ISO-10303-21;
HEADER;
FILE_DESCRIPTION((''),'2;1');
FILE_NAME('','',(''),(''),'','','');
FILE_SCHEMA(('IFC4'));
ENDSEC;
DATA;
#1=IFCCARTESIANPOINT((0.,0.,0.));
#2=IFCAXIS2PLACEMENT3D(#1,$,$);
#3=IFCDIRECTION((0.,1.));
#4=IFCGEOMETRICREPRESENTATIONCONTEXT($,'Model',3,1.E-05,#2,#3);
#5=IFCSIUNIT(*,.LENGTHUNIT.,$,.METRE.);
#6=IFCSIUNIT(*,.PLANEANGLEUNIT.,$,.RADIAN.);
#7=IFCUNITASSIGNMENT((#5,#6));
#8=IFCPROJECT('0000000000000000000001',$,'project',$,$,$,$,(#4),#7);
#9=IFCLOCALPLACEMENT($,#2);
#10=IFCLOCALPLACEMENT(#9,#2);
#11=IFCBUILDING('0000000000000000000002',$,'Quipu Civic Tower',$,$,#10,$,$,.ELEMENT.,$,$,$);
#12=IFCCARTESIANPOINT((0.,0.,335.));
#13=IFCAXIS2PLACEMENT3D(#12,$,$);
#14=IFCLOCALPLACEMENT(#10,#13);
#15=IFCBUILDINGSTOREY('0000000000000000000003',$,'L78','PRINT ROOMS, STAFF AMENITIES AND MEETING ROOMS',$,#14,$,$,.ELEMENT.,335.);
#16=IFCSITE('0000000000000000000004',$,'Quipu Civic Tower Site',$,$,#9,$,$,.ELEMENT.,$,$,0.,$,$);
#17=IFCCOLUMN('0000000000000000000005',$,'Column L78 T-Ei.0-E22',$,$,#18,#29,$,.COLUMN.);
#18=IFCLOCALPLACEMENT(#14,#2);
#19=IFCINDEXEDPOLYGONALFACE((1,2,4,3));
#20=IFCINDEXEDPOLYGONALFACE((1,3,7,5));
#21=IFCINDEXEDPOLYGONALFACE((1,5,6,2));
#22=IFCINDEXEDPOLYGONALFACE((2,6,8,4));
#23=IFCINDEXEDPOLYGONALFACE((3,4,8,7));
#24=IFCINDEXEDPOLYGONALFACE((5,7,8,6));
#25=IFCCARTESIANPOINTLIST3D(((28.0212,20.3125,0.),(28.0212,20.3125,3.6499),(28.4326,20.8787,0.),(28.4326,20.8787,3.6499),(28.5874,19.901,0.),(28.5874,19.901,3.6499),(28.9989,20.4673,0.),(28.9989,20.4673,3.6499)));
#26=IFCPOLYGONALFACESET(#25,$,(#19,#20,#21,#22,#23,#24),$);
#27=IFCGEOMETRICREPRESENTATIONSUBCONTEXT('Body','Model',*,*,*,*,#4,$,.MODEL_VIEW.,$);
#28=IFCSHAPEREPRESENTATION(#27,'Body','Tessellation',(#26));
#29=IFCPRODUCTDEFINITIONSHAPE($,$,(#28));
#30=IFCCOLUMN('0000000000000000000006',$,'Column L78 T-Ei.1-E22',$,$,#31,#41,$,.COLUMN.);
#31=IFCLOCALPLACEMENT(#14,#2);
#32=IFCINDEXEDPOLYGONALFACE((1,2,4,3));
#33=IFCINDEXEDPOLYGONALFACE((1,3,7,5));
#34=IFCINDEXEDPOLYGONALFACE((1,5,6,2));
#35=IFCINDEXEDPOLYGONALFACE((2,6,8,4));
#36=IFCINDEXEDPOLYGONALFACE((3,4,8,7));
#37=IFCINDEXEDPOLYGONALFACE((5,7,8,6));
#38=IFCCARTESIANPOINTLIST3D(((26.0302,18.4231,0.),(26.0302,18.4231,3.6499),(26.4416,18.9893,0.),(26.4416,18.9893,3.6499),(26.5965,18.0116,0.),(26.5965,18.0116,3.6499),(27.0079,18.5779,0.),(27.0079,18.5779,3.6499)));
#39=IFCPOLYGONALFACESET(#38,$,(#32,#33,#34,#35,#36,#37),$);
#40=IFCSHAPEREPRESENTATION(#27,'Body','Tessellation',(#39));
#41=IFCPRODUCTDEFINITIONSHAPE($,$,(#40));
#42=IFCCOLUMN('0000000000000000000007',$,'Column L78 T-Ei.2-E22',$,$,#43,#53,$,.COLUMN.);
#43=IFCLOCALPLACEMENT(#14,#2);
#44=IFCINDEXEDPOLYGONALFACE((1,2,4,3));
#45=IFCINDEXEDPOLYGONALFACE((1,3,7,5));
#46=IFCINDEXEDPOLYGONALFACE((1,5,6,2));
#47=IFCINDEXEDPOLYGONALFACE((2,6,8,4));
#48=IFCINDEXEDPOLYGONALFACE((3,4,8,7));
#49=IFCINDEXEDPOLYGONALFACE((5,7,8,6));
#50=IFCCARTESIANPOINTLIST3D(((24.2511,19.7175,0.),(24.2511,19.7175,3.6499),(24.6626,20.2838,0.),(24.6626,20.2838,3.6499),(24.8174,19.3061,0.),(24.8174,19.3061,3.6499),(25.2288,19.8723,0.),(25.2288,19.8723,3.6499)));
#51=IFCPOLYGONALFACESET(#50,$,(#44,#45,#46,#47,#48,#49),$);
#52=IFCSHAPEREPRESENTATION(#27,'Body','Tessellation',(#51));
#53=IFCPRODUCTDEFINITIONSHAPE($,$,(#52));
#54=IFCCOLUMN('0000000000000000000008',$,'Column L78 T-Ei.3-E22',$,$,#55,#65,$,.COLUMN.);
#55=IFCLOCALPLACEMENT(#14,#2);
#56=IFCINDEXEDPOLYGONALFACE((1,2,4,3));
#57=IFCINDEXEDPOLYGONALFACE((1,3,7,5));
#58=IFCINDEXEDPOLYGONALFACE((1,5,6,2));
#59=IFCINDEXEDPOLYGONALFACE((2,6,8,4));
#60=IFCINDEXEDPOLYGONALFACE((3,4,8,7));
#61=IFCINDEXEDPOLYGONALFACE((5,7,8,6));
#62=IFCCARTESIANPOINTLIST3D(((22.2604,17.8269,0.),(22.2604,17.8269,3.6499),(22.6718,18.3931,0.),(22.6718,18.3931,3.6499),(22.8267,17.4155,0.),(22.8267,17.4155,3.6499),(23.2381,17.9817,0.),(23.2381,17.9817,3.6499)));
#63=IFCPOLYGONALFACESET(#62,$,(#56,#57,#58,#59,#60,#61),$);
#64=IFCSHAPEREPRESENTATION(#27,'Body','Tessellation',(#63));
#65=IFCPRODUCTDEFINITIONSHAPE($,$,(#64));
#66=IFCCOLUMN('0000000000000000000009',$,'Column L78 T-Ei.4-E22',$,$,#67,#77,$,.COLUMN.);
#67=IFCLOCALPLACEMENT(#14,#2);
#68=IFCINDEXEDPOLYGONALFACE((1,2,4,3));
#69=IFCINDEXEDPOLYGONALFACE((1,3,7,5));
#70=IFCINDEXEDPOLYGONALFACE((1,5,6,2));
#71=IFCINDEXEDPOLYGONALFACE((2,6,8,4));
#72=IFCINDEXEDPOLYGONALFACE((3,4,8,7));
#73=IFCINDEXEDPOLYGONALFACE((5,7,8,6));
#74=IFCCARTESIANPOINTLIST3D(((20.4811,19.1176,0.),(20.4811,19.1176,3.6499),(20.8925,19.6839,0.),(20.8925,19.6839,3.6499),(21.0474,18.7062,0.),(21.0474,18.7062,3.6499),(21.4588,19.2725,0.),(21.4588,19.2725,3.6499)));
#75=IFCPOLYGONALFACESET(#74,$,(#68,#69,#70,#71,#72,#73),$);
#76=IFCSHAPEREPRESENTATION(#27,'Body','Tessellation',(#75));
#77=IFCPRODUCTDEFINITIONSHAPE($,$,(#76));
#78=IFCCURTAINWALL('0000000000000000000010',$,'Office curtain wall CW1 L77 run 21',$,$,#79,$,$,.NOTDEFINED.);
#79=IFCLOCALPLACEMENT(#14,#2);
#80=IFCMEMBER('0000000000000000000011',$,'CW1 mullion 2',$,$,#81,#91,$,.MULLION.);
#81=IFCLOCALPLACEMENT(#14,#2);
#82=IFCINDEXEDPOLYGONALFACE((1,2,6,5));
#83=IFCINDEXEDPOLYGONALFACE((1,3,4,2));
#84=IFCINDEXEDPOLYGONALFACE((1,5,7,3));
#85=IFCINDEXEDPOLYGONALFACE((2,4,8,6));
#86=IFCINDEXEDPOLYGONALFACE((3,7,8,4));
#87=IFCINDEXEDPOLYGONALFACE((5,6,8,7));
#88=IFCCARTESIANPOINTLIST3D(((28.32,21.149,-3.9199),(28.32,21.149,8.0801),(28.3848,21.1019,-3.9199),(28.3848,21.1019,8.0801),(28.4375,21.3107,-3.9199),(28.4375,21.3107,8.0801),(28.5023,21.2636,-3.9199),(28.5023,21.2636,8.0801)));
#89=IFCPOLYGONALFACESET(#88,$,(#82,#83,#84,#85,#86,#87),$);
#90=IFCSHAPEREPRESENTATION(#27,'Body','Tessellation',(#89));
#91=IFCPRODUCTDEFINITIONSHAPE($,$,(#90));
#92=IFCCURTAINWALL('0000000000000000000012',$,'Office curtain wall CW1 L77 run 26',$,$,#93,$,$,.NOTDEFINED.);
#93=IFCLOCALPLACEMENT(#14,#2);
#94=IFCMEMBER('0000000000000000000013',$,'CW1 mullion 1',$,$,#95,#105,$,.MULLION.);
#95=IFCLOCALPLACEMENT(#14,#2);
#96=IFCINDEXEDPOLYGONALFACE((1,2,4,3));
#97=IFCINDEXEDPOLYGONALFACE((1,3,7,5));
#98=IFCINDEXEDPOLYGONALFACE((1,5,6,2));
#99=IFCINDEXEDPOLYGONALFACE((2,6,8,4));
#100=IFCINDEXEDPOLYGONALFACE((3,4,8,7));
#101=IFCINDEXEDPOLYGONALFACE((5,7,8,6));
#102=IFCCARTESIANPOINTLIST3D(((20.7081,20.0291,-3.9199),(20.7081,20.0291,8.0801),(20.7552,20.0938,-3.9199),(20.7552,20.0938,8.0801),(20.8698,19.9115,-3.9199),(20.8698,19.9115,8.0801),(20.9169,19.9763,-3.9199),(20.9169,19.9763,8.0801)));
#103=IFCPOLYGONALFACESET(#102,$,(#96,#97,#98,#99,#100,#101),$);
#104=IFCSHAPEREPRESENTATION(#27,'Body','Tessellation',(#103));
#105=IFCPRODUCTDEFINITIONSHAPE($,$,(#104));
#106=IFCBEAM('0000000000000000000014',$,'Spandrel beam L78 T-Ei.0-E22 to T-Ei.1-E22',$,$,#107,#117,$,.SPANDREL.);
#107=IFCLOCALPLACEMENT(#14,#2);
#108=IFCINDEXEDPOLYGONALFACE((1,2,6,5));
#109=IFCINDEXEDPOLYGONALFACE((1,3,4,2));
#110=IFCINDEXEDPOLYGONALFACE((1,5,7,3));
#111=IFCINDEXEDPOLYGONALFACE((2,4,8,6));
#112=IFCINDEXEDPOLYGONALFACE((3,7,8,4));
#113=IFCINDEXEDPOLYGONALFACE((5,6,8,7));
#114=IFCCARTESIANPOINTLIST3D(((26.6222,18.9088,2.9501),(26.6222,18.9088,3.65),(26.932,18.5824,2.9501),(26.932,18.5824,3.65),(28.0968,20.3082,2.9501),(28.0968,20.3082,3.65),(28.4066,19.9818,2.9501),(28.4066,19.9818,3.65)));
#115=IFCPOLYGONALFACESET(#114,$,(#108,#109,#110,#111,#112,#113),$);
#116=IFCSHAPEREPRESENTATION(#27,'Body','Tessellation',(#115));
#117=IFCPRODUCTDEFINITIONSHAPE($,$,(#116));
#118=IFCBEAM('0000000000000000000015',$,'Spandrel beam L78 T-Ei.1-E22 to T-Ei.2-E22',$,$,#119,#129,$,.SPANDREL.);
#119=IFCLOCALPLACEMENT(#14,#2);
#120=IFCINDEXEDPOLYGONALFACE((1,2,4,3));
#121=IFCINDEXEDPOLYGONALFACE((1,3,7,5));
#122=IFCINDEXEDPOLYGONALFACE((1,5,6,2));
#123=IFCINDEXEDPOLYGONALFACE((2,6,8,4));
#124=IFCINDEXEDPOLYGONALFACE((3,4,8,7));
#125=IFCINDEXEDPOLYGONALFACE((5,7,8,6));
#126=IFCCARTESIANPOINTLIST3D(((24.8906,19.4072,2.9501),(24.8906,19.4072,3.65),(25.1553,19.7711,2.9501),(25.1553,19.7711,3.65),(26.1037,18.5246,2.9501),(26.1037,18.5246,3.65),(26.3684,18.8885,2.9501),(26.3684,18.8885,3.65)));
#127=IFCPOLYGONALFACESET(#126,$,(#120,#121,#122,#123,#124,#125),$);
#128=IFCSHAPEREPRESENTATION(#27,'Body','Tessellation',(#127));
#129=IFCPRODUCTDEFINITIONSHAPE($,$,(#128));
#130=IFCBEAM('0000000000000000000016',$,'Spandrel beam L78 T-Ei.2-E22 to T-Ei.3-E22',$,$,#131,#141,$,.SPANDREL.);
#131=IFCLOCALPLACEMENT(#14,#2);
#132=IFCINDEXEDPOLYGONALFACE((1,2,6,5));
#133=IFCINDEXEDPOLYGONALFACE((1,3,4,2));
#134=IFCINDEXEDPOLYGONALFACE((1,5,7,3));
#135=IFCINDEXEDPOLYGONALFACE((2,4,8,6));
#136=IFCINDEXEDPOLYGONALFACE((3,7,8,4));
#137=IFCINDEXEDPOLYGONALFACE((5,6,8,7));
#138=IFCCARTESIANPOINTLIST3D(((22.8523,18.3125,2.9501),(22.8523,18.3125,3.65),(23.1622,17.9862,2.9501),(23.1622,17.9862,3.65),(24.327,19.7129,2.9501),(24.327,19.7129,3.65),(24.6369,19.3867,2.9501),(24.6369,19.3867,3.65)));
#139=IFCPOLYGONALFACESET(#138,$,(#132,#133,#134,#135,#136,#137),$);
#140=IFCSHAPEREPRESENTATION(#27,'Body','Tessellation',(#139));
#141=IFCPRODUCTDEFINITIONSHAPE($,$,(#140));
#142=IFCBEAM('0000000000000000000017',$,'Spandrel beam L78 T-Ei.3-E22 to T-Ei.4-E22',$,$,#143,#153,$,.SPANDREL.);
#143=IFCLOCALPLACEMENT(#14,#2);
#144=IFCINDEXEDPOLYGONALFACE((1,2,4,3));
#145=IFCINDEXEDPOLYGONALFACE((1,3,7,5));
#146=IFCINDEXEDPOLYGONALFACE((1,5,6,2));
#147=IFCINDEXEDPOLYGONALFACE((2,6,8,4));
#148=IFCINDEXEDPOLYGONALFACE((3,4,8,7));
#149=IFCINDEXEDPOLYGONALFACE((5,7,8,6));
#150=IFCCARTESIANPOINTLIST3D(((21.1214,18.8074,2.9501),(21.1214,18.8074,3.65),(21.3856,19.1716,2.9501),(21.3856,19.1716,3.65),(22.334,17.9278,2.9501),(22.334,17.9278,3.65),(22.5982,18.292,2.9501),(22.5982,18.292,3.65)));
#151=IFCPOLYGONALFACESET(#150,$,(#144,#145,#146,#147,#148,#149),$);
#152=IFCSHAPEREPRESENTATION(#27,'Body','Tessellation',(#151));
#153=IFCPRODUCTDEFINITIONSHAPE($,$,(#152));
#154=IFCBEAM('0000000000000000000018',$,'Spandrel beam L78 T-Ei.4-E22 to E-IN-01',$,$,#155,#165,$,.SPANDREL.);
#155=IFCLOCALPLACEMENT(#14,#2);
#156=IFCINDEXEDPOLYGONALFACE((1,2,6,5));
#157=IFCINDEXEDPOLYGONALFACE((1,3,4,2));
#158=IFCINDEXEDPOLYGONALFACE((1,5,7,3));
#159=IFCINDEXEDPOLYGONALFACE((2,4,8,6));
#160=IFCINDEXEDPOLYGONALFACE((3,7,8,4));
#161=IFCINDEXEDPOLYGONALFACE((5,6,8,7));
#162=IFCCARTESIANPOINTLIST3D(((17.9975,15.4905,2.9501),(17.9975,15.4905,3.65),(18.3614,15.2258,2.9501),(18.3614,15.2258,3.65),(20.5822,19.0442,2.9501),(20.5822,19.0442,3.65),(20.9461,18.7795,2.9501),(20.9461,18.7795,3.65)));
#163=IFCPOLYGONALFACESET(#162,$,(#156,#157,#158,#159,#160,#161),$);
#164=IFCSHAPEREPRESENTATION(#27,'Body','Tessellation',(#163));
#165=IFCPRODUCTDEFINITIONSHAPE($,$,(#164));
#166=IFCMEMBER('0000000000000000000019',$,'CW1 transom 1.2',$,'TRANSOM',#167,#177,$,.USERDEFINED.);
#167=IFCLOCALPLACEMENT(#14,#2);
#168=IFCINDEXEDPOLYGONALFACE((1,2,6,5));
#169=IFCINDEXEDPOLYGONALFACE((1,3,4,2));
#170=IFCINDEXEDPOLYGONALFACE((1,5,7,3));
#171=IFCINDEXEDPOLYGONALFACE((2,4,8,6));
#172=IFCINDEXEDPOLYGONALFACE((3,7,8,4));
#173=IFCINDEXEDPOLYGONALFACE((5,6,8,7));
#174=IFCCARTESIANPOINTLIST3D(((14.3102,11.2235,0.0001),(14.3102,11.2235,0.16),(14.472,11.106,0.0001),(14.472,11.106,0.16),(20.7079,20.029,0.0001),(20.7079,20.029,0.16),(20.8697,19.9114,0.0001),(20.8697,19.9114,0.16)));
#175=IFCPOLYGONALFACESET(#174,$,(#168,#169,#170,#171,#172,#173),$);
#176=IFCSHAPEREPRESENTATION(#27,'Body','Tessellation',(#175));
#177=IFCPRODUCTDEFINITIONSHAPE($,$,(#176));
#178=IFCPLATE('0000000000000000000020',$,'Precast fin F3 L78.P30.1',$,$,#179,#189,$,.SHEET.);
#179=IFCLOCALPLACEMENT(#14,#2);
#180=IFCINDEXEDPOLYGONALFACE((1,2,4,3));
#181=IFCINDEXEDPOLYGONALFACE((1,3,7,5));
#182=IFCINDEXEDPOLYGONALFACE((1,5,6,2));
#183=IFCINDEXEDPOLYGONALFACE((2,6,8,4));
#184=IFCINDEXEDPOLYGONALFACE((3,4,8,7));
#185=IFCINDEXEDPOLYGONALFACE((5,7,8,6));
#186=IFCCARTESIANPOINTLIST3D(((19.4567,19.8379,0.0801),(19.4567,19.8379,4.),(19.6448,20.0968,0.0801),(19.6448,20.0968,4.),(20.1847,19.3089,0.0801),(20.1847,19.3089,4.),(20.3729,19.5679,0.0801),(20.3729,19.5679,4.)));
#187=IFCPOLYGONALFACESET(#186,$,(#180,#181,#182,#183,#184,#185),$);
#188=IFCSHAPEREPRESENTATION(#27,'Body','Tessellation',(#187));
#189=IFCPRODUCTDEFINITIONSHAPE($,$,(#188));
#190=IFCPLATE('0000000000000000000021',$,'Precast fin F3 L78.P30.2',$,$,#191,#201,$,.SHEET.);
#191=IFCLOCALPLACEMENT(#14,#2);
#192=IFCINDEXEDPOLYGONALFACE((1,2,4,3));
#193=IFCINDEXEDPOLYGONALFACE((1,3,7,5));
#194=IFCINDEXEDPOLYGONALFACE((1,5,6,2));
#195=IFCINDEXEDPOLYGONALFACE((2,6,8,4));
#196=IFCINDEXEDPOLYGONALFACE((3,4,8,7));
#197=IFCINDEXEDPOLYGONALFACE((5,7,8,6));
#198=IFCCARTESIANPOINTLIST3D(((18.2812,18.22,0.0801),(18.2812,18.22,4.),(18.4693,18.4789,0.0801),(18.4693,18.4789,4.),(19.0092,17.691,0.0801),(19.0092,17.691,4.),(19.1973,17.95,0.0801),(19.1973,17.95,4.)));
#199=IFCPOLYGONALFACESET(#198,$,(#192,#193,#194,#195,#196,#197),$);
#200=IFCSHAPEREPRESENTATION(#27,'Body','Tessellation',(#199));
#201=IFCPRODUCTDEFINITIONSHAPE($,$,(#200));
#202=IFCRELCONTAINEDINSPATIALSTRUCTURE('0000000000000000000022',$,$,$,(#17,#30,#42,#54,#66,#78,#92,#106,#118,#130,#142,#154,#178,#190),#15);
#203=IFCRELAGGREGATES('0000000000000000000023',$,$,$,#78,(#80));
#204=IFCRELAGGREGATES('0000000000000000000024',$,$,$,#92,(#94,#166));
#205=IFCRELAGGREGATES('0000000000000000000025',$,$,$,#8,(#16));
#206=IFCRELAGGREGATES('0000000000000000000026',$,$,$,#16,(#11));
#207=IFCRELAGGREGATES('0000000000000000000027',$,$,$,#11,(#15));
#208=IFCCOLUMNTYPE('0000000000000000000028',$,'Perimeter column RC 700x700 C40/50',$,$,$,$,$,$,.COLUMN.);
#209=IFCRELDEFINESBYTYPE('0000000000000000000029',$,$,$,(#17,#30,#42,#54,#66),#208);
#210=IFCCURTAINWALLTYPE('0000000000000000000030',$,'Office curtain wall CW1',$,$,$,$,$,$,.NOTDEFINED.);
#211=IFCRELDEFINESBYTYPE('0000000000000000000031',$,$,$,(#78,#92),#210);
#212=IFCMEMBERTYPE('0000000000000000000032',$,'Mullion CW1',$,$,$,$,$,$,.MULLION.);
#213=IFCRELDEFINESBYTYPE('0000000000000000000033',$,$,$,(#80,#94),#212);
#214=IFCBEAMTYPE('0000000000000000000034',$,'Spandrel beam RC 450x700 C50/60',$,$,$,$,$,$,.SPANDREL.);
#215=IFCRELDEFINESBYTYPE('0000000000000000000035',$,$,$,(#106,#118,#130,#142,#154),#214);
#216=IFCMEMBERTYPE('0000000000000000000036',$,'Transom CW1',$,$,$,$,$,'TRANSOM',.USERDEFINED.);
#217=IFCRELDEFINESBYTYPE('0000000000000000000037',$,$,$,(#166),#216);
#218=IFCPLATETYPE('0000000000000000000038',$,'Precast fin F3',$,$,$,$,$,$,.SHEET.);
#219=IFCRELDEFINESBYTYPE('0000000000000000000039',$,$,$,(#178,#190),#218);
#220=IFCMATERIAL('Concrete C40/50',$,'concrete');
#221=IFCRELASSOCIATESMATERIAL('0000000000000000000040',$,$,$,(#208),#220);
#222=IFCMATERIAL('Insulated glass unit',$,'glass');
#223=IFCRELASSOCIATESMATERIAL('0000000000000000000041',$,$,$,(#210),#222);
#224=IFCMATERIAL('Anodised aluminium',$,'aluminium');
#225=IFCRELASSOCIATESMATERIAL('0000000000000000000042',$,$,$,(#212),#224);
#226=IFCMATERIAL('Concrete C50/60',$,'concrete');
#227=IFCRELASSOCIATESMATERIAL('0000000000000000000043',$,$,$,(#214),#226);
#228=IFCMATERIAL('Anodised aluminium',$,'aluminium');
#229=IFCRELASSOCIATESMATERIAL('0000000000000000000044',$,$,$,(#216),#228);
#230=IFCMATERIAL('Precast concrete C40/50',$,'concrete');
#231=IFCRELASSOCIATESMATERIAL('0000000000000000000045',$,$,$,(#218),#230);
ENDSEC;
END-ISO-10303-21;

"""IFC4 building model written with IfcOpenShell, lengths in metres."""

from ifc_helpers import new_model, si_unit, direction, frame, origin, origin_2d, place, context, subcontext, project, spatial, rectangle, extrude, material, material_profile, profile_set, type_object, element, aggregate, save


model = new_model("IFC4")

# Units and contexts
model_context = context("Model", 3, precision=1e-05, world=origin(), true_north=direction((0.0, 1.0)))
body_context = subcontext(model_context, "Body", "Model", "MODEL_VIEW")
ifc_project = project(units=[si_unit("LENGTHUNIT", "METRE"), si_unit("PLANEANGLEUNIT", "RADIAN")], contexts=[model_context])

# Site, building, storey
site_placement = place(None, origin())
site = spatial("IfcSite", under=ifc_project, at=site_placement, Name="Quipu Civic Tower Site", CompositionType="ELEMENT", RefElevation=0.0)
building_placement = place(site_placement, origin())
building = spatial("IfcBuilding", under=site, at=building_placement, Name="Quipu Civic Tower", CompositionType="ELEMENT")
storey_placement = place(building_placement, frame((0.0, 0.0, 335.0)))
storey = spatial("IfcBuildingStorey", under=building, at=storey_placement, Name="L78", Description="PRINT ROOMS, STAFF AMENITIES AND MEETING ROOMS", CompositionType="ELEMENT", Elevation=335.0)

# Columns
ifc_material_1 = material(Name="Concrete C40/50", Category="concrete")
ifc_material_profile_1 = material_profile(ifc_material_1, rectangle(XDim=0.7, YDim=0.7, at=origin_2d()), Name="RC700x700")
ifc_profile_set_1 = profile_set([ifc_material_profile_1], Name="Concrete C40/50")
column_type = type_object("IfcColumnType", Name="Perimeter column RC 700x700 C40/50", PredefinedType="COLUMN", material=ifc_profile_set_1)
for number, where, z_axis, x_axis, name in (
    (1, (28.51, 20.3899, 0.0), (0.0, 0.0, 1.0), (-0.587785, -0.809017, 0.0), "Column L78 T-Ei.0-E22"),
    (2, (26.519, 18.5005, 0.0), (0.0, 0.0, 1.0), (-0.809017, 0.587785, 0.0), "Column L78 T-Ei.1-E22"),
    (3, (24.74, 19.7949, 0.0), (0.0, 0.0, 1.0), (-0.587785, -0.809017, 0.0), "Column L78 T-Ei.2-E22"),
    (4, (22.7493, 17.9043, 0.0), (0.0, 0.0, 1.0), (-0.587785, -0.809017, 0.0), "Column L78 T-Ei.3-E22"),
    (5, (20.97, 19.1951, 0.0), (0.0, 0.0, 1.0), (-0.587785, -0.809017, 0.0), "Column L78 T-Ei.4-E22"),
):
    element("IfcColumn", number, at=place(storey_placement, frame(where, z_axis=z_axis, x_axis=x_axis)), inside=storey, type_object=column_type, Name=name, PredefinedType="COLUMN", context=body_context, shape_type="SweptSolid", body=[
        extrude(rectangle(XDim=0.7, YDim=0.7, at=origin_2d()), origin(), (0.0, 0.0, 1.0), 3.6499),
    ])

# Curtain walls, members
ifc_material_2 = material(Name="Insulated glass unit", Category="glass")
curtain_wall_type = type_object("IfcCurtainWallType", Name="Office curtain wall CW1", PredefinedType="NOTDEFINED", material=ifc_material_2)
curtain_wall_1_placement = place(storey_placement, origin())
curtain_wall_1 = element("IfcCurtainWall", 6, at=curtain_wall_1_placement, inside=storey, type_object=curtain_wall_type, Name="Office curtain wall CW1 L77 run 21", PredefinedType="NOTDEFINED")
ifc_material_3 = material(Name="Anodised aluminium", Category="aluminium")
ifc_material_profile_2 = material_profile(ifc_material_3, rectangle(XDim=0.2, YDim=0.0801, at=origin_2d()), Name="RECT 200x80")
ifc_profile_set_2 = profile_set([ifc_material_profile_2], Name="Anodised aluminium")
member_type_1 = type_object("IfcMemberType", Name="Mullion CW1", PredefinedType="MULLION", material=ifc_profile_set_2)
member_1_placement = place(storey_placement, frame((28.4111, 21.2063, -3.9199), z_axis=(0.0, 0.0, 1.0), x_axis=(-0.587788, -0.809015, 0.0)))
member_1 = element("IfcMember", 7, at=member_1_placement, type_object=member_type_1, Name="CW1 mullion 2", PredefinedType="MULLION", context=body_context, shape_type="SweptSolid", body=[
    extrude(rectangle(XDim=0.2, YDim=0.0801, at=origin_2d()), origin(), (0.0, 0.0, 1.0), 12.0),
])
aggregate(curtain_wall_1, [member_1])
curtain_wall_2_placement = place(storey_placement, origin())
curtain_wall_2 = element("IfcCurtainWall", 8, at=curtain_wall_2_placement, inside=storey, type_object=curtain_wall_type, Name="Office curtain wall CW1 L77 run 26", PredefinedType="NOTDEFINED")
member_2_placement = place(storey_placement, frame((20.8125, 20.0027, -3.9199), z_axis=(0.0, 0.0, 1.0), x_axis=(0.809015, -0.587788, 0.0)))
member_2 = element("IfcMember", 9, at=member_2_placement, type_object=member_type_1, Name="CW1 mullion 1", PredefinedType="MULLION", context=body_context, shape_type="SweptSolid", body=[
    extrude(rectangle(XDim=0.2, YDim=0.0801, at=origin_2d()), origin(), (0.0, 0.0, 1.0), 12.0),
])

# Beams
ifc_material_4 = material(Name="Concrete C50/60", Category="concrete")
ifc_material_profile_3 = material_profile(ifc_material_4, rectangle(XDim=0.45, YDim=0.7, at=origin_2d()), Name="RC450x700")
ifc_profile_set_3 = profile_set([ifc_material_profile_3], Name="Concrete C50/60")
beam_type = type_object("IfcBeamType", Name="Spandrel beam RC 450x700 C50/60", PredefinedType="SPANDREL", material=ifc_profile_set_3)
beam_1_placement = place(storey_placement, frame((28.2517, 20.145, 3.3), z_axis=(-0.725359, -0.688371, 0.0), x_axis=(0.688371, -0.725359, 0.0)))
element("IfcBeam", 10, at=beam_1_placement, inside=storey, type_object=beam_type, Name="Spandrel beam L78 T-Ei.0-E22 to T-Ei.1-E22", PredefinedType="SPANDREL", context=body_context, shape_type="SweptSolid", body=[
    extrude(rectangle(XDim=0.45, YDim=0.7, at=origin_2d()), origin(), (0.0, 0.0, 1.0), 2.033),
])
beam_2_placement = place(storey_placement, frame((26.2361, 18.7065, 3.3), z_axis=(-0.808645, 0.588297, 0.0), x_axis=(-0.588297, -0.808645, 0.0)))
element("IfcBeam", 11, at=beam_2_placement, inside=storey, type_object=beam_type, Name="Spandrel beam L78 T-Ei.1-E22 to T-Ei.2-E22", PredefinedType="SPANDREL", context=body_context, shape_type="SweptSolid", body=[
    extrude(rectangle(XDim=0.45, YDim=0.7, at=origin_2d()), origin(), (0.0, 0.0, 1.0), 1.5002),
])
beam_3_placement = place(storey_placement, frame((24.4819, 19.5498, 3.3), z_axis=(-0.725119, -0.688623, 0.0), x_axis=(0.688623, -0.725119, 0.0)))
element("IfcBeam", 12, at=beam_3_placement, inside=storey, type_object=beam_type, Name="Spandrel beam L78 T-Ei.2-E22 to T-Ei.3-E22", PredefinedType="SPANDREL", context=body_context, shape_type="SweptSolid", body=[
    extrude(rectangle(XDim=0.45, YDim=0.7, at=origin_2d()), origin(), (0.0, 0.0, 1.0), 2.0337),
])
beam_4_placement = place(storey_placement, frame((22.4661, 18.1099, 3.3), z_axis=(-0.809461, 0.587173, 0.0), x_axis=(-0.587173, -0.809461, 0.0)))
element("IfcBeam", 13, at=beam_4_placement, inside=storey, type_object=beam_type, Name="Spandrel beam L78 T-Ei.3-E22 to T-Ei.4-E22", PredefinedType="SPANDREL", context=body_context, shape_type="SweptSolid", body=[
    extrude(rectangle(XDim=0.45, YDim=0.7, at=origin_2d()), origin(), (0.0, 0.0, 1.0), 1.498),
])
beam_5_placement = place(storey_placement, frame((20.7642, 18.9119, 3.3), z_axis=(-0.588201, -0.808714, 0.0), x_axis=(0.808714, -0.588201, 0.0)))
element("IfcBeam", 14, at=beam_5_placement, inside=storey, type_object=beam_type, Name="Spandrel beam L78 T-Ei.4-E22 to E-IN-01", PredefinedType="SPANDREL", context=body_context, shape_type="SweptSolid", body=[
    extrude(rectangle(XDim=0.45, YDim=0.7, at=origin_2d()), origin(), (0.0, 0.0, 1.0), 4.3943),
])

# Member
ifc_material_5 = material(Name="Anodised aluminium", Category="aluminium")
ifc_material_profile_4 = material_profile(ifc_material_5, rectangle(XDim=0.2, YDim=0.1599, at=origin_2d()), Name="RECT 200x160")
ifc_profile_set_4 = profile_set([ifc_material_profile_4], Name="Anodised aluminium")
member_type_2 = type_object("IfcMemberType", Name="Transom CW1", ElementType="TRANSOM", PredefinedType="USERDEFINED", material=ifc_profile_set_4)
member_3_placement = place(storey_placement, frame((20.7888, 19.9702, 0.0801), z_axis=(-0.587797, -0.809009, 0.0), x_axis=(0.809009, -0.587797, 0.0)))
member_3 = element("IfcMember", 15, at=member_3_placement, type_object=member_type_2, Name="CW1 transom 1.2", ObjectType="TRANSOM", PredefinedType="USERDEFINED", context=body_context, shape_type="SweptSolid", body=[
    extrude(rectangle(XDim=0.2, YDim=0.1599, at=origin_2d()), origin(), (0.0, 0.0, 1.0), 10.8843),
])
aggregate(curtain_wall_2, [member_2, member_3])

# Plates
ifc_material_6 = material(Name="Precast concrete C40/50", Category="concrete")
plate_type = type_object("IfcPlateType", Name="Precast fin F3", PredefinedType="SHEET", material=ifc_material_6)
for number, where, z_axis, x_axis, name in (
    (16, (19.9148, 19.7029, 0.0801), (0.0, 0.0, 1.0), (-0.587784, -0.809018, 0.0), "Precast fin F3 L78.P30.1"),
    (17, (18.7393, 18.085, 0.0801), (0.0, 0.0, 1.0), (-0.587784, -0.809018, 0.0), "Precast fin F3 L78.P30.2"),
):
    element("IfcPlate", number, at=place(storey_placement, frame(where, z_axis=z_axis, x_axis=x_axis)), inside=storey, type_object=plate_type, Name=name, PredefinedType="SHEET", context=body_context, shape_type="SweptSolid", body=[
        extrude(rectangle(XDim=0.3201, YDim=0.8999, at=origin_2d()), origin(), (0.0, 0.0, 1.0), 3.9199),
    ])

save(model, "model.ifc")
